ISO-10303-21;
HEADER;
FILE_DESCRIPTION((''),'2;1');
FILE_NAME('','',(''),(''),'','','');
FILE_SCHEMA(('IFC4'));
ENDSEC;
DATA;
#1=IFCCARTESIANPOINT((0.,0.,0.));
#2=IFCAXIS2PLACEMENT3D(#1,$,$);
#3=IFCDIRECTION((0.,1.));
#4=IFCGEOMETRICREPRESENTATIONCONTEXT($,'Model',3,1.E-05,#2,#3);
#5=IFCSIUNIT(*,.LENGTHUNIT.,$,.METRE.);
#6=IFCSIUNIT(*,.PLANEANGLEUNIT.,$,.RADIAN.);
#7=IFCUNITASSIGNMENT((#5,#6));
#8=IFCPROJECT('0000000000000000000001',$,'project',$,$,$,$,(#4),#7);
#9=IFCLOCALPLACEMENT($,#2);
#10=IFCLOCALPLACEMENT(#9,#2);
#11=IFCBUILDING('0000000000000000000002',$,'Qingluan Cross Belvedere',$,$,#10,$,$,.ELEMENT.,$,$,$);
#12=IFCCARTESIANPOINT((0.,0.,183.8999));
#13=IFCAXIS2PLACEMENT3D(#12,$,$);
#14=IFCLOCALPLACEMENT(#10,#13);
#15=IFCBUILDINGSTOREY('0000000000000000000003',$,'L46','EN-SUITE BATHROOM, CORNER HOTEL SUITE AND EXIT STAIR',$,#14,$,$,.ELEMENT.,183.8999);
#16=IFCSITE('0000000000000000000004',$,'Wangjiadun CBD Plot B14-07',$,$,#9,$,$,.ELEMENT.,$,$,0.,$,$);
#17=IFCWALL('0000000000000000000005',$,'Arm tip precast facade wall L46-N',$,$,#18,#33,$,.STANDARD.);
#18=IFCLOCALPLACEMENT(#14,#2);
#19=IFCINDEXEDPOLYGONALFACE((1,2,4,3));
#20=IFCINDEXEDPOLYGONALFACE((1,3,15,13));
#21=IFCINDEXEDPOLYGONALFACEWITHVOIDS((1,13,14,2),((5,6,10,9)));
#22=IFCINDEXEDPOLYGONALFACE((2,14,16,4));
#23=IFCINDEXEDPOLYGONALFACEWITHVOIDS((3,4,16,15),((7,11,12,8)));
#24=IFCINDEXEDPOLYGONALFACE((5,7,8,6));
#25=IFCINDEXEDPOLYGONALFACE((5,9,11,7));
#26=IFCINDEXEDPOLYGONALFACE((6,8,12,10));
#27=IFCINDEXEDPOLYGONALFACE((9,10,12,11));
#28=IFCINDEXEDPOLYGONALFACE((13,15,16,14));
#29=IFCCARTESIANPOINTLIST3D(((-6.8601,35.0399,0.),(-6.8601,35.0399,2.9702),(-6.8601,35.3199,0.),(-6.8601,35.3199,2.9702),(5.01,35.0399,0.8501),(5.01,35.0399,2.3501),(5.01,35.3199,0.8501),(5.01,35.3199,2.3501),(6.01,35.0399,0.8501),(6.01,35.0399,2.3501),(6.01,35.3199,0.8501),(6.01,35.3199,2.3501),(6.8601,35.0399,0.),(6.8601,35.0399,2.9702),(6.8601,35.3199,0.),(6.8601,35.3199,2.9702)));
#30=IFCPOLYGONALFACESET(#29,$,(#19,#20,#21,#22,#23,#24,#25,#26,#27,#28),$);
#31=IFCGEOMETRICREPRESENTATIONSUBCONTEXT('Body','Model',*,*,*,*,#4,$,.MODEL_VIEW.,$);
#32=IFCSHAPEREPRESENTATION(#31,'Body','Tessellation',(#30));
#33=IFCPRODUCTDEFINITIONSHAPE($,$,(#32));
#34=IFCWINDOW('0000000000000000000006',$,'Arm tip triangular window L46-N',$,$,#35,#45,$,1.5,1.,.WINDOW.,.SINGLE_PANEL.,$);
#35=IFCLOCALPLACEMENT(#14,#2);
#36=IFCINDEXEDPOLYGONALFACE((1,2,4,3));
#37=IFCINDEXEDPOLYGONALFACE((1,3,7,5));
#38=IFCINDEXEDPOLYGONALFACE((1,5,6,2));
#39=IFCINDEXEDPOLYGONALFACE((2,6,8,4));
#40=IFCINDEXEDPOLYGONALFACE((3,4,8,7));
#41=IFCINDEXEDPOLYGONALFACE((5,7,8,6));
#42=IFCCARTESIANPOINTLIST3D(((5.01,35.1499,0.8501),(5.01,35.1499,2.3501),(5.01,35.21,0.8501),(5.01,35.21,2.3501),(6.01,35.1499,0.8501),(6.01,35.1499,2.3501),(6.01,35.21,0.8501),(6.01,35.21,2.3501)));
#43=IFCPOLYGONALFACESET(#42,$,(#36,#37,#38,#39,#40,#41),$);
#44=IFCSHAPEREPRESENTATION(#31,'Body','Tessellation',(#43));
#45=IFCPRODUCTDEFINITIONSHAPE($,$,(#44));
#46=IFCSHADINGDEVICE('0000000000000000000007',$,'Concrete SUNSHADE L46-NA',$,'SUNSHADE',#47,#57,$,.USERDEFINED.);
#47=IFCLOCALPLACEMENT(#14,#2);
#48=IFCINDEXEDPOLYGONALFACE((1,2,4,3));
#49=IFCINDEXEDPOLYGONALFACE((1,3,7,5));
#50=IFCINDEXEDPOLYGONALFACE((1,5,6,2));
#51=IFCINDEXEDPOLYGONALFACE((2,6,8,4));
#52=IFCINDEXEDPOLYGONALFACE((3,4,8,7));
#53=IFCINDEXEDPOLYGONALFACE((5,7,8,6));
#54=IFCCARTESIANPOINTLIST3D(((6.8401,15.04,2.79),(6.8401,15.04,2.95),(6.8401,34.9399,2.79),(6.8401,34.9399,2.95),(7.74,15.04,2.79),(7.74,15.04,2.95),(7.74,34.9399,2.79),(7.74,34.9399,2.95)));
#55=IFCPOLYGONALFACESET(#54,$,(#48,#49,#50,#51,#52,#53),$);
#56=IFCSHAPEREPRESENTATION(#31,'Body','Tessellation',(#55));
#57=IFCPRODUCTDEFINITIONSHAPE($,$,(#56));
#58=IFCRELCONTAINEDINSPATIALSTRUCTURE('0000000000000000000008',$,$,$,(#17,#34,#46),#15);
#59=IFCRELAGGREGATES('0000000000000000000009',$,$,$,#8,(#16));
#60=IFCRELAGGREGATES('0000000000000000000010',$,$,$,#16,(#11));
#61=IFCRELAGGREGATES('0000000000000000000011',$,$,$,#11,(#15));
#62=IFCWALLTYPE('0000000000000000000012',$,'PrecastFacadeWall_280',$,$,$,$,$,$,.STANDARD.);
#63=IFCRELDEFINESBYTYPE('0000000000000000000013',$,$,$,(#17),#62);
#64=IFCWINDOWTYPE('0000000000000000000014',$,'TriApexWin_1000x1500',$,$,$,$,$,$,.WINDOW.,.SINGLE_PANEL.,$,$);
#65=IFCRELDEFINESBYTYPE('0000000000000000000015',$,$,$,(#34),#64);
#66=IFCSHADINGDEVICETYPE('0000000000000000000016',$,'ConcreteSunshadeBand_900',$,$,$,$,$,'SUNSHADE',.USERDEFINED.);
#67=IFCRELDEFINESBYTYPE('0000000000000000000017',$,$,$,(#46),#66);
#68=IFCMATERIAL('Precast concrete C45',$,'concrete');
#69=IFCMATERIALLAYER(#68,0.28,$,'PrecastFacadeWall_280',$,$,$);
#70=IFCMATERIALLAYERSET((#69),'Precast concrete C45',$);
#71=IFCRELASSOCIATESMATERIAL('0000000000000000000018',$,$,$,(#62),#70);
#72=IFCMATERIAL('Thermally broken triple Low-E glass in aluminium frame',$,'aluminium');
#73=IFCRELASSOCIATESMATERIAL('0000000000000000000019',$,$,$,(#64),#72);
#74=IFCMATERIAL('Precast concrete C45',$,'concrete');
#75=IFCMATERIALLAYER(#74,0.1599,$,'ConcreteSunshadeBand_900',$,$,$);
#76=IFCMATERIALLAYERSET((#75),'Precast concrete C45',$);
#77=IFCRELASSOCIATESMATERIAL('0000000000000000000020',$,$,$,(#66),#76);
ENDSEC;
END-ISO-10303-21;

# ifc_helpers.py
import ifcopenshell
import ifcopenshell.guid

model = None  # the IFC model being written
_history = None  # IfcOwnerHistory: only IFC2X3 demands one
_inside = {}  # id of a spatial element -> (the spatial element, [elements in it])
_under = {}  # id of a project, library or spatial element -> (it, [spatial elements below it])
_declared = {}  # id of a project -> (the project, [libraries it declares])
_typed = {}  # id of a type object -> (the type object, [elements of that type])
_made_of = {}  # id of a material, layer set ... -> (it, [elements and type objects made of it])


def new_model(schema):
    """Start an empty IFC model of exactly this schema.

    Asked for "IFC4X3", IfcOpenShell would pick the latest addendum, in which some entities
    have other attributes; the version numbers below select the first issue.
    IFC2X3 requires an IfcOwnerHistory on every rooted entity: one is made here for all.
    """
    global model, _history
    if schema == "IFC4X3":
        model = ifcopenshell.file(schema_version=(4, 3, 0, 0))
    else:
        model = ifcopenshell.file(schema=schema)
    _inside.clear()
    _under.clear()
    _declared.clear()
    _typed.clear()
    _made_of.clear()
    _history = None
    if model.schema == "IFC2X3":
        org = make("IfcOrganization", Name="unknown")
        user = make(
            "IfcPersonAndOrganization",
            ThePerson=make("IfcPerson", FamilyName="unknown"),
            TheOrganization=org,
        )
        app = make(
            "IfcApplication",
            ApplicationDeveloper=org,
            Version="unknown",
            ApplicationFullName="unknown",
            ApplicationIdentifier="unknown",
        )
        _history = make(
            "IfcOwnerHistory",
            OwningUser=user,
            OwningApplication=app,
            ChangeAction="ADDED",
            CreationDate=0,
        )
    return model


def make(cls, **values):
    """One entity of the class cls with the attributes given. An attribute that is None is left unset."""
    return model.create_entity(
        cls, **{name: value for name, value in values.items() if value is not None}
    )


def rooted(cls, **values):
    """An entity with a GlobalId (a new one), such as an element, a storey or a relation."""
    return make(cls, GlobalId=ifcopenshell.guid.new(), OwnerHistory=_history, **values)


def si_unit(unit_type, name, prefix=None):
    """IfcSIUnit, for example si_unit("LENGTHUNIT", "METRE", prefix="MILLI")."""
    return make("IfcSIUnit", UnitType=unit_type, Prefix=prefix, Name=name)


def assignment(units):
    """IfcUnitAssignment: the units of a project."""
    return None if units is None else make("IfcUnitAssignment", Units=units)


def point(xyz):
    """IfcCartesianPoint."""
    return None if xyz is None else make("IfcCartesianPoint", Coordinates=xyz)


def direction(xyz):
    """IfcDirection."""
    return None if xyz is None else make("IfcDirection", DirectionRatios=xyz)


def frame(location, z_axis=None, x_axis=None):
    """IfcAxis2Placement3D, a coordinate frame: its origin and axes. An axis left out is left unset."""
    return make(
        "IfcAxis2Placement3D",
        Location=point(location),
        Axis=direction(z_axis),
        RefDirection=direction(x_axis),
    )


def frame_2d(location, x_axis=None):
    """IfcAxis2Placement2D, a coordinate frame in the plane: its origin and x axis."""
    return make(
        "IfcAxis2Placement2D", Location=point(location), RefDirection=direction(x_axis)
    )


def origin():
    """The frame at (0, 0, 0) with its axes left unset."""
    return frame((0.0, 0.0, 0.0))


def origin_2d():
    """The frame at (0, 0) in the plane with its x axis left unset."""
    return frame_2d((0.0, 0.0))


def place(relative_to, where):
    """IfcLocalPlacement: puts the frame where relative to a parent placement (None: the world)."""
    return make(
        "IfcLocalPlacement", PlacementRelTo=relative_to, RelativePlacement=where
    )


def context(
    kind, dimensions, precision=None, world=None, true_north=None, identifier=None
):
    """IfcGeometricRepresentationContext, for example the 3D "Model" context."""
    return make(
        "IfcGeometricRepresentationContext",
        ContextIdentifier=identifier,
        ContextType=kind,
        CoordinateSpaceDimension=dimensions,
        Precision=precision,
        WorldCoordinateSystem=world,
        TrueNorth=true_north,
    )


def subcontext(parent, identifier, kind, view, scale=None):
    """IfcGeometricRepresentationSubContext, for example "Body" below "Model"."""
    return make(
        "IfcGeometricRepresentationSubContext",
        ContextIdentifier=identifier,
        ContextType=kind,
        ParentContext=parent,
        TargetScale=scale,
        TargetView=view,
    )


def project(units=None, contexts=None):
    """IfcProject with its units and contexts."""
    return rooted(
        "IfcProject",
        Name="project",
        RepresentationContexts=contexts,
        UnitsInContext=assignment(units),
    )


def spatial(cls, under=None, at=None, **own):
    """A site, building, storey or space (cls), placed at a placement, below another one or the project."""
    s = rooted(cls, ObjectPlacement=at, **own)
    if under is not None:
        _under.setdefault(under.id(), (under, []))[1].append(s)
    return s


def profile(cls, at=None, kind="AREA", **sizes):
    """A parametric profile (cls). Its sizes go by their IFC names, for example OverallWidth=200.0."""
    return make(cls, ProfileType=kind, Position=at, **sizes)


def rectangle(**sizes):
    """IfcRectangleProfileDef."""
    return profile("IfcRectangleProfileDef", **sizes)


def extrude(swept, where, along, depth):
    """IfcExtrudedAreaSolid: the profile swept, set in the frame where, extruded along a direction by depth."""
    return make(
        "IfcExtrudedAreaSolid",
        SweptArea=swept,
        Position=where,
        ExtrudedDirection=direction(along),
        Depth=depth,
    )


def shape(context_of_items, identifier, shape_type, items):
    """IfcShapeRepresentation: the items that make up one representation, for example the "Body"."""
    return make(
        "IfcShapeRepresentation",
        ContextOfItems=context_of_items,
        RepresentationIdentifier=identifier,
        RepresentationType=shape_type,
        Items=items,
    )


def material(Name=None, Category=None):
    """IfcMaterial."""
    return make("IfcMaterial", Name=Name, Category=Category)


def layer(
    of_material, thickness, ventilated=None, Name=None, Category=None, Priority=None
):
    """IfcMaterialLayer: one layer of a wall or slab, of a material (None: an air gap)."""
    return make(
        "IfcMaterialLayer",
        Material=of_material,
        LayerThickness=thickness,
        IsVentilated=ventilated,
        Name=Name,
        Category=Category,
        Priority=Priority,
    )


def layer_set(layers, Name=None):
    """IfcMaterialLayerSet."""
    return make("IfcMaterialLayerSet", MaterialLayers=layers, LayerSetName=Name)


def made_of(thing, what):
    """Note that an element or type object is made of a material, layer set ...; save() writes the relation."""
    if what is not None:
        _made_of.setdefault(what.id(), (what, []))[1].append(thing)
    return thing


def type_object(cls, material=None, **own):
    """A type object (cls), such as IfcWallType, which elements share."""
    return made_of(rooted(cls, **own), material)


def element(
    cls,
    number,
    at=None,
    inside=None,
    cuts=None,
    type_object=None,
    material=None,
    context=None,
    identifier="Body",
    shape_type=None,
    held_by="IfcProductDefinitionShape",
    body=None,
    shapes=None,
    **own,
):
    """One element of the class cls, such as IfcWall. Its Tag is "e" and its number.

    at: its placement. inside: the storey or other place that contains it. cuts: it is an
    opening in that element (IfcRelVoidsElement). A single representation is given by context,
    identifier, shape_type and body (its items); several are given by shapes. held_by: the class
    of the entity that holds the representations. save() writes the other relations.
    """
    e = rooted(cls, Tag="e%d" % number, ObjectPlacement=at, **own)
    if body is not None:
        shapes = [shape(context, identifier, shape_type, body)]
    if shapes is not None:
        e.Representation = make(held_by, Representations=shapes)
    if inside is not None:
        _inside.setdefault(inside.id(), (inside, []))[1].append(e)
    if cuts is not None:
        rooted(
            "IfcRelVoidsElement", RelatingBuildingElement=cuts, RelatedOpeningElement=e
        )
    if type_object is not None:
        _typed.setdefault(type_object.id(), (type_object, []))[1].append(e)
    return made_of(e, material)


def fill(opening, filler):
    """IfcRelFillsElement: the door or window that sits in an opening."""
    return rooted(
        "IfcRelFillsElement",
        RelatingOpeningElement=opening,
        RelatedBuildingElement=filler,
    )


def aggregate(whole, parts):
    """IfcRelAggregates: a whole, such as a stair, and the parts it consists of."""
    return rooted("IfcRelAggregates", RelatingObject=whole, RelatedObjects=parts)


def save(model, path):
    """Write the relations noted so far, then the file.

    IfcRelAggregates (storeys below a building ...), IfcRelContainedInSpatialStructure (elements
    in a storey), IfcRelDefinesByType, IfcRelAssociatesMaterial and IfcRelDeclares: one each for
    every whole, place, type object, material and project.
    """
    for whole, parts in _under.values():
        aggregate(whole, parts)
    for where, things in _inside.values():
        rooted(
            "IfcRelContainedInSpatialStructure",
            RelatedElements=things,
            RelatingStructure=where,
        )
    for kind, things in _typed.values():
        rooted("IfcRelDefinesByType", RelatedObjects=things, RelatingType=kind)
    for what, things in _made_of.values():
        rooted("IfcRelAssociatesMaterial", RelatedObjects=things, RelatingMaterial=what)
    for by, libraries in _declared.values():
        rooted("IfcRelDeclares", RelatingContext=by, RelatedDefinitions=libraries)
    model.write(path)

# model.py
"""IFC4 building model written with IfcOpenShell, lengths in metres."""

from ifc_helpers import new_model, si_unit, direction, frame, frame_2d, origin, origin_2d, place, context, subcontext, project, spatial, rectangle, extrude, material, layer, layer_set, type_object, element, fill, save


model = new_model("IFC4")

# Units and contexts
model_context = context("Model", 3, precision=1e-05, world=origin(), true_north=direction((0.0, 1.0)))
body_context = subcontext(model_context, "Body", "Model", "MODEL_VIEW")
ifc_project = project(units=[si_unit("LENGTHUNIT", "METRE"), si_unit("PLANEANGLEUNIT", "RADIAN")], contexts=[model_context])

# Site, building, storey
site_placement = place(None, origin())
site = spatial("IfcSite", under=ifc_project, at=site_placement, Name="Wangjiadun CBD Plot B14-07", CompositionType="ELEMENT", RefElevation=0.0)
building_placement = place(site_placement, origin())
building = spatial("IfcBuilding", under=site, at=building_placement, Name="Qingluan Cross Belvedere", CompositionType="ELEMENT")
storey_placement = place(building_placement, frame((0.0, 0.0, 183.8999)))
storey = spatial("IfcBuildingStorey", under=building, at=storey_placement, Name="L46", Description="EN-SUITE BATHROOM, CORNER HOTEL SUITE AND EXIT STAIR", CompositionType="ELEMENT", Elevation=183.8999)

# Wall, opening, window
ifc_material_1 = material(Name="Precast concrete C45", Category="concrete")
ifc_layer_1 = layer(ifc_material_1, 0.28, Name="PrecastFacadeWall_280")
ifc_layer_set_1 = layer_set([ifc_layer_1], Name="Precast concrete C45")
wall_type_1 = type_object("IfcWallType", Name="PrecastFacadeWall_280", PredefinedType="STANDARD", material=ifc_layer_set_1)
wall_1_placement = place(storey_placement, frame((6.8601, 35.1799, 0.0), z_axis=(0.0, 0.0, 1.0), x_axis=(-1.0, 0.0, 0.0)))
wall_1 = element("IfcWall", 1, at=wall_1_placement, inside=storey, type_object=wall_type_1, Name="Arm tip precast facade wall L46-N", PredefinedType="STANDARD", context=body_context, shape_type="SweptSolid", body=[
    extrude(rectangle(XDim=13.7202, YDim=0.28, at=frame_2d((6.8601, 0.0))), origin(), (0.0, 0.0, 1.0), 2.9702),
])
opening_1_placement = place(wall_1_placement, frame((0.8501, 0.0, 0.8501)))
opening_1 = element("IfcOpeningElement", 2, at=opening_1_placement, cuts=wall_1, PredefinedType="OPENING", context=body_context, shape_type="SweptSolid", body=[
    extrude(rectangle(XDim=1.0, YDim=1.5, at=frame_2d((0.5, 0.75))), frame((0.0, 0.1499, 0.0), z_axis=(0.0, -1.0, 0.0), x_axis=(1.0, 0.0, 0.0)), (0.0, 0.0, 1.0), 0.3),
])
ifc_material_2 = material(Name="Thermally broken triple Low-E glass in aluminium frame", Category="aluminium")
window_type = type_object("IfcWindowType", Name="TriApexWin_1000x1500", PartitioningType="SINGLE_PANEL", PredefinedType="WINDOW", material=ifc_material_2)
window_placement = place(opening_1_placement, origin())
window = element("IfcWindow", 3, at=window_placement, inside=storey, type_object=window_type, Name="Arm tip triangular window L46-N", OverallHeight=1.5, OverallWidth=1.0, PartitioningType="SINGLE_PANEL", PredefinedType="WINDOW", context=body_context, shape_type="SweptSolid", body=[
    extrude(rectangle(XDim=1.0, YDim=1.5, at=frame_2d((0.5, 0.75))), frame((0.0, 0.03, 0.0), z_axis=(0.0, -1.0, 0.0), x_axis=(1.0, 0.0, 0.0)), (0.0, 0.0, 1.0), 0.0601),
])
fill(opening_1, window)

# Shading device
ifc_material_3 = material(Name="Precast concrete C45", Category="concrete")
ifc_layer_2 = layer(ifc_material_3, 0.1599, Name="ConcreteSunshadeBand_900")
ifc_layer_set_2 = layer_set([ifc_layer_2], Name="Precast concrete C45")
shading_device_type = type_object("IfcShadingDeviceType", Name="ConcreteSunshadeBand_900", ElementType="SUNSHADE", PredefinedType="USERDEFINED", material=ifc_layer_set_2)
shading_device_placement = place(storey_placement, frame((7.29, 24.99, 2.79), z_axis=(0.0, 0.0, 1.0), x_axis=(0.0, 1.0, 0.0)))
element("IfcShadingDevice", 4, at=shading_device_placement, inside=storey, type_object=shading_device_type, Name="Concrete SUNSHADE L46-NA", ObjectType="SUNSHADE", PredefinedType="USERDEFINED", context=body_context, shape_type="SweptSolid", body=[
    extrude(rectangle(XDim=19.8999, YDim=0.8999, at=origin_2d()), origin(), (0.0, 0.0, 1.0), 0.1599),
])

save(model, "model.ifc")
